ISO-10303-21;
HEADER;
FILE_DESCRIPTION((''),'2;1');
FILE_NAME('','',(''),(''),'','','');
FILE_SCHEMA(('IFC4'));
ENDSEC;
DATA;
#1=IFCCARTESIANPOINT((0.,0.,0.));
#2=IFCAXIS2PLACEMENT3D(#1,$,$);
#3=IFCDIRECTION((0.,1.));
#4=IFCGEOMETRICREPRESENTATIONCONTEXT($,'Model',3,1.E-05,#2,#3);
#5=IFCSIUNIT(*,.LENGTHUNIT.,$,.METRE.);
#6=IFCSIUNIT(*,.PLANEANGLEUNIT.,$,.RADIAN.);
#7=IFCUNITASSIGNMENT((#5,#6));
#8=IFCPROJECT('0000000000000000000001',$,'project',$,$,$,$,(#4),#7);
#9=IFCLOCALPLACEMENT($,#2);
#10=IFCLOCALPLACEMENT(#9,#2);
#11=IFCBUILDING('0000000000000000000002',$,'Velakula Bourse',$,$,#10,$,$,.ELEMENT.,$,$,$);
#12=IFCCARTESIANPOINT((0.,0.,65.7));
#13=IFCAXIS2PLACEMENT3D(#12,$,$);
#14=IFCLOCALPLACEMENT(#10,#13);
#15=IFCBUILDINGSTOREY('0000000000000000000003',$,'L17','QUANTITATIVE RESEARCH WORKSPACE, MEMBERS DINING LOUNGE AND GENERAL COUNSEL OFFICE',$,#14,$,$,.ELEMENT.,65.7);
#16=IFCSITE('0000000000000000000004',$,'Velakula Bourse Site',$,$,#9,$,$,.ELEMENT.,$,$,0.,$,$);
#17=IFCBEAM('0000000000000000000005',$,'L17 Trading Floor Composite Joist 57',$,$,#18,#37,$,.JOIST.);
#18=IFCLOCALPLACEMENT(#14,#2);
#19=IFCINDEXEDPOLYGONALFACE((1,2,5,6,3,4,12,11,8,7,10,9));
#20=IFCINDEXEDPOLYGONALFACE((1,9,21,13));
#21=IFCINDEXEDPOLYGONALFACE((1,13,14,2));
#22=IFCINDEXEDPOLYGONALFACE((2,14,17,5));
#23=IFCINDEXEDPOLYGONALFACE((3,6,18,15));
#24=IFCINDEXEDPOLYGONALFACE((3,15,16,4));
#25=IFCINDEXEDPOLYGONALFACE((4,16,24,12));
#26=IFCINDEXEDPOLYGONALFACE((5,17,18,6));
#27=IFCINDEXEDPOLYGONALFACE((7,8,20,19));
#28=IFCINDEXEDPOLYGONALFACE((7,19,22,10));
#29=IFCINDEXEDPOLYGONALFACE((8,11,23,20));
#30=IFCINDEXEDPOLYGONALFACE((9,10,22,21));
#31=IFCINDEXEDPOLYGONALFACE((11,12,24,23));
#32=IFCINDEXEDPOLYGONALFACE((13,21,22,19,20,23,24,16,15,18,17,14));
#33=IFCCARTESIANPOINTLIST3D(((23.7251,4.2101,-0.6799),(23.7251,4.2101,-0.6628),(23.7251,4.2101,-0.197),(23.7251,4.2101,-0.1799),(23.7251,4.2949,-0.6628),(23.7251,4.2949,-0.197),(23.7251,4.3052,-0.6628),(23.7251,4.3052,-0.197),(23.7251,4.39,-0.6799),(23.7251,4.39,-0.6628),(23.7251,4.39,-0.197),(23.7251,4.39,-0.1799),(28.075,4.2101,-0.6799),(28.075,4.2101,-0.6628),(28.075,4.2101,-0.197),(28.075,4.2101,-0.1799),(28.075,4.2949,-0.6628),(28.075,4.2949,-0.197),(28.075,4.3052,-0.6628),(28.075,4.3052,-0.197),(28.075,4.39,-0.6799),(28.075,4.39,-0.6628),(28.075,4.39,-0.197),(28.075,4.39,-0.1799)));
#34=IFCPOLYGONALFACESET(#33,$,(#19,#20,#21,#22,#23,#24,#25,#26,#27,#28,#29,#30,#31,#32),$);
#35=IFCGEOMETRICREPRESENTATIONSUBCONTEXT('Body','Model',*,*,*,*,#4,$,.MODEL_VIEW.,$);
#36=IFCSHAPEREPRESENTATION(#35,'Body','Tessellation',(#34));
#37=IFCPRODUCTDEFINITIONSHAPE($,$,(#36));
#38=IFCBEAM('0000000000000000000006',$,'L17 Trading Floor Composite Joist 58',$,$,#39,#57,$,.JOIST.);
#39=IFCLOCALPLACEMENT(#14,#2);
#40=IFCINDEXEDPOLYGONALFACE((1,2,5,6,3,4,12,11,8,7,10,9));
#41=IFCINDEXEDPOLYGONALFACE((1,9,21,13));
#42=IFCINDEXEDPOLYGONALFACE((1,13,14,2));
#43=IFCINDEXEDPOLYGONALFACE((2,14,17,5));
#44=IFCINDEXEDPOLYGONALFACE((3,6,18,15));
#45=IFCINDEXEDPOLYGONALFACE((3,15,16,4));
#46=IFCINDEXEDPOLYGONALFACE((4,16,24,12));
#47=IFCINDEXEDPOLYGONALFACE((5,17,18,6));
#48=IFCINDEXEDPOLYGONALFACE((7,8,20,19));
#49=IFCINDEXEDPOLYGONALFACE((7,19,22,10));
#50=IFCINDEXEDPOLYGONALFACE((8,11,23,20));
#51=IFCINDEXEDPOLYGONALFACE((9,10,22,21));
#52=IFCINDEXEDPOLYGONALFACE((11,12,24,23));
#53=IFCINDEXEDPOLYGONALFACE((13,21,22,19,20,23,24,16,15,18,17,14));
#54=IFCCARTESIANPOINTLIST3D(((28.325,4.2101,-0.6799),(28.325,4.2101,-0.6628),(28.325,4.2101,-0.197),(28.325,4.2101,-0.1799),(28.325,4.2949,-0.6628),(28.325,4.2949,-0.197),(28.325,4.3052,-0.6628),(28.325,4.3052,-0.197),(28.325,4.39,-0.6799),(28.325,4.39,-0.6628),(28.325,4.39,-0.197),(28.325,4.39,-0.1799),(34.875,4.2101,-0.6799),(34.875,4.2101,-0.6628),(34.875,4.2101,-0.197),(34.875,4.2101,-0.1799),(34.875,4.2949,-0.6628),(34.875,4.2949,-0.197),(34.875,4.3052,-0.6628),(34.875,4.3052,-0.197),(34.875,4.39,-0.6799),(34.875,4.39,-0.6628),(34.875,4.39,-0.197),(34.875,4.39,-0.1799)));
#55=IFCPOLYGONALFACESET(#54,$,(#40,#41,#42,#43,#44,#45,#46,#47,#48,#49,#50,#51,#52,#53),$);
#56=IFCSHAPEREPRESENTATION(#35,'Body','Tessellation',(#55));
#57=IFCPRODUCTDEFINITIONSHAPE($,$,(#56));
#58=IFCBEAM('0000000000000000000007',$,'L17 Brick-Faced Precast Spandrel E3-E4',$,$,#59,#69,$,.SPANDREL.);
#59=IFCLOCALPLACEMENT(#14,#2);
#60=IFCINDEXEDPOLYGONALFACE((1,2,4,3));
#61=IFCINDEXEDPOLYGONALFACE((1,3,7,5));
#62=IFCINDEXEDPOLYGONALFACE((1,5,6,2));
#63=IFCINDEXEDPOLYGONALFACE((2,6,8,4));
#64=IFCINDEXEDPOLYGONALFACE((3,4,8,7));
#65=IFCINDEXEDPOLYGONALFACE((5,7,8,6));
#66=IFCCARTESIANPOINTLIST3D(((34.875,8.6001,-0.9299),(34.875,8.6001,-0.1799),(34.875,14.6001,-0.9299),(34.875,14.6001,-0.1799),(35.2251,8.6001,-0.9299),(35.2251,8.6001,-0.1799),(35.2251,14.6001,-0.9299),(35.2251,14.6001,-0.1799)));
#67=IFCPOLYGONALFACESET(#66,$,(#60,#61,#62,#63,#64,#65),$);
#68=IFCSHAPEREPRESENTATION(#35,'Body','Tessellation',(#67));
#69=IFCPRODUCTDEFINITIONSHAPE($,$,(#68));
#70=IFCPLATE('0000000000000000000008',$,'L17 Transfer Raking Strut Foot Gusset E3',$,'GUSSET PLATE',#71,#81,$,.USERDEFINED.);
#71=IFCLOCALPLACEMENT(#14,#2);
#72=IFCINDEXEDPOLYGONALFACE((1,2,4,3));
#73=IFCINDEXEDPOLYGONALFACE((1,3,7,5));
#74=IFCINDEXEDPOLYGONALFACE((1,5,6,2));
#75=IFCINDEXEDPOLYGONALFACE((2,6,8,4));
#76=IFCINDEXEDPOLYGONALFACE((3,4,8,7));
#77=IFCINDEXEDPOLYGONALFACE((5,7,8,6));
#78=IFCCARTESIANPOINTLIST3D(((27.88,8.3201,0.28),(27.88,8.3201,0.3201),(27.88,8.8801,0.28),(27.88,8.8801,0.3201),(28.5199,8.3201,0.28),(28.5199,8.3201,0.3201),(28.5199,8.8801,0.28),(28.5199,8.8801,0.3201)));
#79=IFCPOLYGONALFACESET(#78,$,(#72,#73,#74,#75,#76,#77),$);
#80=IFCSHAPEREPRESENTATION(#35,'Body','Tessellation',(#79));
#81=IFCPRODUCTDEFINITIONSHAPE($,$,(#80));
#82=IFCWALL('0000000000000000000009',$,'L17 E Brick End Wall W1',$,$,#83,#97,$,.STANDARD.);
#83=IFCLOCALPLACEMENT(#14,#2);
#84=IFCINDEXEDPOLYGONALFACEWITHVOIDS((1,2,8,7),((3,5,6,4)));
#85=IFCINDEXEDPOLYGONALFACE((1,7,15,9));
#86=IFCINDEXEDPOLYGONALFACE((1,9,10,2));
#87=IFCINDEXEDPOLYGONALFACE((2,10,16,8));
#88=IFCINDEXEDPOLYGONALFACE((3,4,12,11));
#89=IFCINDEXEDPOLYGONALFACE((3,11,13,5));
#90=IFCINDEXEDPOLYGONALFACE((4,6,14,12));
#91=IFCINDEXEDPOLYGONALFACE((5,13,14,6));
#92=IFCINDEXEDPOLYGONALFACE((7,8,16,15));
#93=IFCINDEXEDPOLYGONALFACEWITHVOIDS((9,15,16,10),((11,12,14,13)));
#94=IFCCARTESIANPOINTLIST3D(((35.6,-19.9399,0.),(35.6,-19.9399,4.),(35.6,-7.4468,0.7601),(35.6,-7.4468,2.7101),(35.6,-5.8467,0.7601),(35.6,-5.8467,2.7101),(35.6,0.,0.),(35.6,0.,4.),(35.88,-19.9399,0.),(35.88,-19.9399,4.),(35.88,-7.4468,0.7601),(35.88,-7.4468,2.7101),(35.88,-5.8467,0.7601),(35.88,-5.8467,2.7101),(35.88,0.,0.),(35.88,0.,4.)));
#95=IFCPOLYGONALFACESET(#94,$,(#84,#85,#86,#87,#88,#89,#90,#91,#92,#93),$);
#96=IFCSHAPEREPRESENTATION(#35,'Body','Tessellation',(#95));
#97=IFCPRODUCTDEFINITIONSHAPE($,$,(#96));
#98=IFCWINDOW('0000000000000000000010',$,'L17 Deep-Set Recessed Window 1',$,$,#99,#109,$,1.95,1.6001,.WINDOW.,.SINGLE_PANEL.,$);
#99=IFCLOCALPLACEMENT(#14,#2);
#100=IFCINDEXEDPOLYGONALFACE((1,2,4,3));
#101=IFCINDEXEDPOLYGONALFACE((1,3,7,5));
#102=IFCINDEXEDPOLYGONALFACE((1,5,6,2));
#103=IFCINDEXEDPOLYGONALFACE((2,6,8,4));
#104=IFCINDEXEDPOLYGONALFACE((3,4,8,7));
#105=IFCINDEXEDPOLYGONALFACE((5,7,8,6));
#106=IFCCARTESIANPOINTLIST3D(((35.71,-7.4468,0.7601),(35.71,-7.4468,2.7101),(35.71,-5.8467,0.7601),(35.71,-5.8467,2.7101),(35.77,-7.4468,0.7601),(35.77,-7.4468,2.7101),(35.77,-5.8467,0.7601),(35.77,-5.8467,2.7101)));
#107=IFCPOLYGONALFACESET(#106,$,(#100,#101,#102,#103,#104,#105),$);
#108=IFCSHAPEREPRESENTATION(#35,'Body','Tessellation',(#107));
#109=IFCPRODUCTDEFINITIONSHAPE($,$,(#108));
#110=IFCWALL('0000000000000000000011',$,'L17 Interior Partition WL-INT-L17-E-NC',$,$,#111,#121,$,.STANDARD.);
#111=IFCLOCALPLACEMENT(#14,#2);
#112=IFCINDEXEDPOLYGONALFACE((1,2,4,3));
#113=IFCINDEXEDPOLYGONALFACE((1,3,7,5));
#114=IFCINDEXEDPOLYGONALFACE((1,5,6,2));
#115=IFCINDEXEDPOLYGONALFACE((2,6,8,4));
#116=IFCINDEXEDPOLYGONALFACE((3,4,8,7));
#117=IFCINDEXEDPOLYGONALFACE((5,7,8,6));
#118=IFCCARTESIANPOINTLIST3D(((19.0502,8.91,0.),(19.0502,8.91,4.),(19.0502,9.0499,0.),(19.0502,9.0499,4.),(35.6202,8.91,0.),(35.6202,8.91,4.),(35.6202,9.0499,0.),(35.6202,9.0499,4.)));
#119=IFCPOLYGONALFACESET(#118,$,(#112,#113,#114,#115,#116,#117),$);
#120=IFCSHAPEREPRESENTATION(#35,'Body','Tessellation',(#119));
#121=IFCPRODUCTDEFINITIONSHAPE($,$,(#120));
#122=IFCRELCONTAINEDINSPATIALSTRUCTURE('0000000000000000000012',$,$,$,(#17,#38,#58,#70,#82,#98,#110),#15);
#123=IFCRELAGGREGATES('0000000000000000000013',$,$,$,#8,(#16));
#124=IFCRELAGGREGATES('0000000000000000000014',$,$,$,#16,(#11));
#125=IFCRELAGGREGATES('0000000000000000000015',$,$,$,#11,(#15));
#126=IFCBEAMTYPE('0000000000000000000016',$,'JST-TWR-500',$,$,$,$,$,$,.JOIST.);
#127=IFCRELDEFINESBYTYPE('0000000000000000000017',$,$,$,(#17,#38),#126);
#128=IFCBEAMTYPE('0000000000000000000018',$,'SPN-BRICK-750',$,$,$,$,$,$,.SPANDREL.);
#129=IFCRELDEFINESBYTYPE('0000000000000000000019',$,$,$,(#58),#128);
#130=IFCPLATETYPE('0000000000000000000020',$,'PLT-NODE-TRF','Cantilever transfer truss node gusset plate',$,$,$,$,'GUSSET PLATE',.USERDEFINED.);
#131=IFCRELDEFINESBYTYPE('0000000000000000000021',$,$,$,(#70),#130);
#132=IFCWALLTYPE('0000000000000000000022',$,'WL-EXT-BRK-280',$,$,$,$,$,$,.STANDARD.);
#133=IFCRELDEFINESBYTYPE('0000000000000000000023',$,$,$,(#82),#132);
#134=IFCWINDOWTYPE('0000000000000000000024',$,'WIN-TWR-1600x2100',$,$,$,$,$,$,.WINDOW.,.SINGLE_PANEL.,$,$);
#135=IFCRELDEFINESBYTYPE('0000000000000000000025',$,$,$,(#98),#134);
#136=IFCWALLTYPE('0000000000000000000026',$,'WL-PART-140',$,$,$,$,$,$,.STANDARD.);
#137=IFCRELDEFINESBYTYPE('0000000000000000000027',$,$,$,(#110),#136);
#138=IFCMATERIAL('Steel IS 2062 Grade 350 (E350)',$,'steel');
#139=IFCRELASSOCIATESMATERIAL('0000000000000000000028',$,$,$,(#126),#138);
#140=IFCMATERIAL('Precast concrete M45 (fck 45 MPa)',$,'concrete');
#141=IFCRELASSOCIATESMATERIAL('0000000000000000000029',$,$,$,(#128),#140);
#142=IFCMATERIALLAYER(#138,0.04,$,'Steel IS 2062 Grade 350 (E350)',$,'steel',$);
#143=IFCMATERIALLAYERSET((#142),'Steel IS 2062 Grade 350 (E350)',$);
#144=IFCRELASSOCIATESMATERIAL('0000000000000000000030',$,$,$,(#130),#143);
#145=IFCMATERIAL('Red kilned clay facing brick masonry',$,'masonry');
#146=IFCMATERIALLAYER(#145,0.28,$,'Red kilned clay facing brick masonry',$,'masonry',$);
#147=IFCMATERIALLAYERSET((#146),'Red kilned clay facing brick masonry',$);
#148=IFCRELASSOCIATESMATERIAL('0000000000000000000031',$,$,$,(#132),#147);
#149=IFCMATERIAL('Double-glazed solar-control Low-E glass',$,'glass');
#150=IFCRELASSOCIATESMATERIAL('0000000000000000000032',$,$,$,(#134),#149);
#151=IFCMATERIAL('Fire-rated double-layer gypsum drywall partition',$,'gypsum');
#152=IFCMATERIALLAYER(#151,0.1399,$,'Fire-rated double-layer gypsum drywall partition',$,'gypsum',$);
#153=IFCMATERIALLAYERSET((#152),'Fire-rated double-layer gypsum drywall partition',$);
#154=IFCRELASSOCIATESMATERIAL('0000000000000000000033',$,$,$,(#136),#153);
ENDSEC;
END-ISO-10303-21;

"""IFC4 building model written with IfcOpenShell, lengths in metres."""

from ifc_helpers import new_model, si_unit, direction, frame, frame_2d, origin, origin_2d, place, context, subcontext, project, spatial, rectangle, i_section, extrude, material, layer, layer_set, material_profile, profile_set, type_object, element, fill, save


model = new_model("IFC4")

# Units and contexts
model_context = context("Model", 3, precision=1e-05, world=origin(), true_north=direction((0.0, 1.0)))
body_context = subcontext(model_context, "Body", "Model", "MODEL_VIEW")
ifc_project = project(units=[si_unit("LENGTHUNIT", "METRE"), si_unit("PLANEANGLEUNIT", "RADIAN")], contexts=[model_context])

# Site, building, storey
site_placement = place(None, origin())
site = spatial("IfcSite", under=ifc_project, at=site_placement, Name="Velakula Bourse Site", CompositionType="ELEMENT", RefElevation=0.0)
building_placement = place(site_placement, origin())
building = spatial("IfcBuilding", under=site, at=building_placement, Name="Velakula Bourse", CompositionType="ELEMENT")
storey_placement = place(building_placement, frame((0.0, 0.0, 65.7)))
storey = spatial("IfcBuildingStorey", under=building, at=storey_placement, Name="L17", Description="QUANTITATIVE RESEARCH WORKSPACE, MEMBERS DINING LOUNGE AND GENERAL COUNSEL OFFICE", CompositionType="ELEMENT", Elevation=65.7)

# Shared definitions
ifc_material_1 = material(Name="Steel IS 2062 Grade 350 (E350)", Category="steel")

# Beams
ifc_material_profile_1 = material_profile(ifc_material_1, i_section(OverallWidth=0.1799, OverallDepth=0.5, WebThickness=0.0103, FlangeThickness=0.0171, at=origin_2d()), Name="Steel IS 2062 Grade 350 (E350)")
ifc_profile_set_1 = profile_set([ifc_material_profile_1], Name="Steel IS 2062 Grade 350 (E350)")
beam_type_1 = type_object("IfcBeamType", Name="JST-TWR-500", PredefinedType="JOIST", material=ifc_profile_set_1)
beam_1_placement = place(storey_placement, frame((23.7251, 4.3, -0.4299), z_axis=(1.0, 0.0, 0.0), x_axis=(0.0, 1.0, 0.0)))
element("IfcBeam", 1, at=beam_1_placement, inside=storey, type_object=beam_type_1, Name="L17 Trading Floor Composite Joist 57", PredefinedType="JOIST", context=body_context, shape_type="SweptSolid", body=[
    extrude(i_section(OverallWidth=0.1799, OverallDepth=0.5, WebThickness=0.0103, FlangeThickness=0.0171, at=origin_2d()), origin(), (0.0, 0.0, 1.0), 4.3499),
])
beam_2_placement = place(storey_placement, frame((28.325, 4.3, -0.4299), z_axis=(1.0, 0.0, 0.0), x_axis=(0.0, 1.0, 0.0)))
element("IfcBeam", 2, at=beam_2_placement, inside=storey, type_object=beam_type_1, Name="L17 Trading Floor Composite Joist 58", PredefinedType="JOIST", context=body_context, shape_type="SweptSolid", body=[
    extrude(i_section(OverallWidth=0.1799, OverallDepth=0.5, WebThickness=0.0103, FlangeThickness=0.0171, at=origin_2d()), origin(), (0.0, 0.0, 1.0), 6.55),
])
ifc_material_2 = material(Name="Precast concrete M45 (fck 45 MPa)", Category="concrete")
ifc_material_profile_2 = material_profile(ifc_material_2, rectangle(XDim=0.3501, YDim=0.75, at=origin_2d()), Name="Precast concrete M45 (fck 45 MPa)")
ifc_profile_set_2 = profile_set([ifc_material_profile_2], Name="Precast concrete M45 (fck 45 MPa)")
beam_type_2 = type_object("IfcBeamType", Name="SPN-BRICK-750", PredefinedType="SPANDREL", material=ifc_profile_set_2)
beam_3_placement = place(storey_placement, frame((35.05, 8.6001, -0.5549), z_axis=(0.0, 1.0, 0.0), x_axis=(-1.0, 0.0, 0.0)))
element("IfcBeam", 3, at=beam_3_placement, inside=storey, type_object=beam_type_2, Name="L17 Brick-Faced Precast Spandrel E3-E4", PredefinedType="SPANDREL", context=body_context, shape_type="SweptSolid", body=[
    extrude(rectangle(XDim=0.3501, YDim=0.75, at=origin_2d()), origin(), (0.0, 0.0, 1.0), 6.0),
])

# Plate
ifc_layer_1 = layer(ifc_material_1, 0.04, Name="Steel IS 2062 Grade 350 (E350)", Category="steel")
ifc_layer_set_1 = layer_set([ifc_layer_1], Name="Steel IS 2062 Grade 350 (E350)")
plate_type = type_object("IfcPlateType", Name="PLT-NODE-TRF", Description="Cantilever transfer truss node gusset plate", ElementType="GUSSET PLATE", PredefinedType="USERDEFINED", material=ifc_layer_set_1)
plate_placement = place(storey_placement, frame((28.2, 8.6001, 0.28), z_axis=(0.0, 0.0, 1.0), x_axis=(1.0, 0.0, 0.0)))
element("IfcPlate", 4, at=plate_placement, inside=storey, type_object=plate_type, Name="L17 Transfer Raking Strut Foot Gusset E3", ObjectType="GUSSET PLATE", PredefinedType="USERDEFINED", context=body_context, shape_type="SweptSolid", body=[
    extrude(rectangle(XDim=0.6399, YDim=0.5601, at=origin_2d()), origin(), (0.0, 0.0, 1.0), 0.04),
])

# Wall, opening, window
ifc_material_3 = material(Name="Red kilned clay facing brick masonry", Category="masonry")
ifc_layer_2 = layer(ifc_material_3, 0.28, Name="Red kilned clay facing brick masonry", Category="masonry")
ifc_layer_set_2 = layer_set([ifc_layer_2], Name="Red kilned clay facing brick masonry")
wall_type_1 = type_object("IfcWallType", Name="WL-EXT-BRK-280", PredefinedType="STANDARD", material=ifc_layer_set_2)
wall_1_placement = place(storey_placement, frame((35.74, 0.0, 0.0), z_axis=(0.0, 0.0, 1.0), x_axis=(0.0, -1.0, 0.0)))
wall_1 = element("IfcWall", 5, at=wall_1_placement, inside=storey, type_object=wall_type_1, Name="L17 E Brick End Wall W1", PredefinedType="STANDARD", context=body_context, shape_type="SweptSolid", body=[
    extrude(rectangle(XDim=19.9399, YDim=0.28, at=frame_2d((9.97, 0.0))), origin(), (0.0, 0.0, 1.0), 4.0),
])
opening_placement = place(wall_1_placement, frame((5.8467, 0.0, 0.76)))
opening = element("IfcOpeningElement", 6, at=opening_placement, cuts=wall_1, PredefinedType="OPENING", context=body_context, shape_type="SweptSolid", body=[
    extrude(rectangle(XDim=1.6001, YDim=1.95, at=frame_2d((0.8, 0.9751))), frame((0.0, 0.1499, 0.0), z_axis=(0.0, -1.0, 0.0), x_axis=(1.0, 0.0, 0.0)), (0.0, 0.0, 1.0), 0.3),
])
ifc_material_4 = material(Name="Double-glazed solar-control Low-E glass", Category="glass")
window_type = type_object("IfcWindowType", Name="WIN-TWR-1600x2100", PartitioningType="SINGLE_PANEL", PredefinedType="WINDOW", material=ifc_material_4)
window_placement = place(opening_placement, origin())
window = element("IfcWindow", 7, at=window_placement, inside=storey, type_object=window_type, Name="L17 Deep-Set Recessed Window 1", OverallHeight=1.95, OverallWidth=1.6001, PartitioningType="SINGLE_PANEL", PredefinedType="WINDOW", context=body_context, shape_type="SweptSolid", body=[
    extrude(rectangle(XDim=1.6001, YDim=1.95, at=frame_2d((0.8, 0.9751))), frame((0.0, 0.03, 0.0), z_axis=(0.0, -1.0, 0.0), x_axis=(1.0, 0.0, 0.0)), (0.0, 0.0, 1.0), 0.0601),
])
fill(opening, window)

# Wall
ifc_material_5 = material(Name="Fire-rated double-layer gypsum drywall partition", Category="gypsum")
ifc_layer_3 = layer(ifc_material_5, 0.1399, Name="Fire-rated double-layer gypsum drywall partition", Category="gypsum")
ifc_layer_set_3 = layer_set([ifc_layer_3], Name="Fire-rated double-layer gypsum drywall partition")
wall_type_2 = type_object("IfcWallType", Name="WL-PART-140", PredefinedType="STANDARD", material=ifc_layer_set_3)
wall_2_placement = place(storey_placement, frame((19.05, 8.98, 0.0), z_axis=(0.0, 0.0, 1.0), x_axis=(1.0, 0.0, 0.0)))
element("IfcWall", 8, at=wall_2_placement, inside=storey, type_object=wall_type_2, Name="L17 Interior Partition WL-INT-L17-E-NC", PredefinedType="STANDARD", context=body_context, shape_type="SweptSolid", body=[
    extrude(rectangle(XDim=16.5701, YDim=0.1399, at=frame_2d((8.2852, 0.0))), origin(), (0.0, 0.0, 1.0), 4.0),
])

save(model, "model.ifc")
